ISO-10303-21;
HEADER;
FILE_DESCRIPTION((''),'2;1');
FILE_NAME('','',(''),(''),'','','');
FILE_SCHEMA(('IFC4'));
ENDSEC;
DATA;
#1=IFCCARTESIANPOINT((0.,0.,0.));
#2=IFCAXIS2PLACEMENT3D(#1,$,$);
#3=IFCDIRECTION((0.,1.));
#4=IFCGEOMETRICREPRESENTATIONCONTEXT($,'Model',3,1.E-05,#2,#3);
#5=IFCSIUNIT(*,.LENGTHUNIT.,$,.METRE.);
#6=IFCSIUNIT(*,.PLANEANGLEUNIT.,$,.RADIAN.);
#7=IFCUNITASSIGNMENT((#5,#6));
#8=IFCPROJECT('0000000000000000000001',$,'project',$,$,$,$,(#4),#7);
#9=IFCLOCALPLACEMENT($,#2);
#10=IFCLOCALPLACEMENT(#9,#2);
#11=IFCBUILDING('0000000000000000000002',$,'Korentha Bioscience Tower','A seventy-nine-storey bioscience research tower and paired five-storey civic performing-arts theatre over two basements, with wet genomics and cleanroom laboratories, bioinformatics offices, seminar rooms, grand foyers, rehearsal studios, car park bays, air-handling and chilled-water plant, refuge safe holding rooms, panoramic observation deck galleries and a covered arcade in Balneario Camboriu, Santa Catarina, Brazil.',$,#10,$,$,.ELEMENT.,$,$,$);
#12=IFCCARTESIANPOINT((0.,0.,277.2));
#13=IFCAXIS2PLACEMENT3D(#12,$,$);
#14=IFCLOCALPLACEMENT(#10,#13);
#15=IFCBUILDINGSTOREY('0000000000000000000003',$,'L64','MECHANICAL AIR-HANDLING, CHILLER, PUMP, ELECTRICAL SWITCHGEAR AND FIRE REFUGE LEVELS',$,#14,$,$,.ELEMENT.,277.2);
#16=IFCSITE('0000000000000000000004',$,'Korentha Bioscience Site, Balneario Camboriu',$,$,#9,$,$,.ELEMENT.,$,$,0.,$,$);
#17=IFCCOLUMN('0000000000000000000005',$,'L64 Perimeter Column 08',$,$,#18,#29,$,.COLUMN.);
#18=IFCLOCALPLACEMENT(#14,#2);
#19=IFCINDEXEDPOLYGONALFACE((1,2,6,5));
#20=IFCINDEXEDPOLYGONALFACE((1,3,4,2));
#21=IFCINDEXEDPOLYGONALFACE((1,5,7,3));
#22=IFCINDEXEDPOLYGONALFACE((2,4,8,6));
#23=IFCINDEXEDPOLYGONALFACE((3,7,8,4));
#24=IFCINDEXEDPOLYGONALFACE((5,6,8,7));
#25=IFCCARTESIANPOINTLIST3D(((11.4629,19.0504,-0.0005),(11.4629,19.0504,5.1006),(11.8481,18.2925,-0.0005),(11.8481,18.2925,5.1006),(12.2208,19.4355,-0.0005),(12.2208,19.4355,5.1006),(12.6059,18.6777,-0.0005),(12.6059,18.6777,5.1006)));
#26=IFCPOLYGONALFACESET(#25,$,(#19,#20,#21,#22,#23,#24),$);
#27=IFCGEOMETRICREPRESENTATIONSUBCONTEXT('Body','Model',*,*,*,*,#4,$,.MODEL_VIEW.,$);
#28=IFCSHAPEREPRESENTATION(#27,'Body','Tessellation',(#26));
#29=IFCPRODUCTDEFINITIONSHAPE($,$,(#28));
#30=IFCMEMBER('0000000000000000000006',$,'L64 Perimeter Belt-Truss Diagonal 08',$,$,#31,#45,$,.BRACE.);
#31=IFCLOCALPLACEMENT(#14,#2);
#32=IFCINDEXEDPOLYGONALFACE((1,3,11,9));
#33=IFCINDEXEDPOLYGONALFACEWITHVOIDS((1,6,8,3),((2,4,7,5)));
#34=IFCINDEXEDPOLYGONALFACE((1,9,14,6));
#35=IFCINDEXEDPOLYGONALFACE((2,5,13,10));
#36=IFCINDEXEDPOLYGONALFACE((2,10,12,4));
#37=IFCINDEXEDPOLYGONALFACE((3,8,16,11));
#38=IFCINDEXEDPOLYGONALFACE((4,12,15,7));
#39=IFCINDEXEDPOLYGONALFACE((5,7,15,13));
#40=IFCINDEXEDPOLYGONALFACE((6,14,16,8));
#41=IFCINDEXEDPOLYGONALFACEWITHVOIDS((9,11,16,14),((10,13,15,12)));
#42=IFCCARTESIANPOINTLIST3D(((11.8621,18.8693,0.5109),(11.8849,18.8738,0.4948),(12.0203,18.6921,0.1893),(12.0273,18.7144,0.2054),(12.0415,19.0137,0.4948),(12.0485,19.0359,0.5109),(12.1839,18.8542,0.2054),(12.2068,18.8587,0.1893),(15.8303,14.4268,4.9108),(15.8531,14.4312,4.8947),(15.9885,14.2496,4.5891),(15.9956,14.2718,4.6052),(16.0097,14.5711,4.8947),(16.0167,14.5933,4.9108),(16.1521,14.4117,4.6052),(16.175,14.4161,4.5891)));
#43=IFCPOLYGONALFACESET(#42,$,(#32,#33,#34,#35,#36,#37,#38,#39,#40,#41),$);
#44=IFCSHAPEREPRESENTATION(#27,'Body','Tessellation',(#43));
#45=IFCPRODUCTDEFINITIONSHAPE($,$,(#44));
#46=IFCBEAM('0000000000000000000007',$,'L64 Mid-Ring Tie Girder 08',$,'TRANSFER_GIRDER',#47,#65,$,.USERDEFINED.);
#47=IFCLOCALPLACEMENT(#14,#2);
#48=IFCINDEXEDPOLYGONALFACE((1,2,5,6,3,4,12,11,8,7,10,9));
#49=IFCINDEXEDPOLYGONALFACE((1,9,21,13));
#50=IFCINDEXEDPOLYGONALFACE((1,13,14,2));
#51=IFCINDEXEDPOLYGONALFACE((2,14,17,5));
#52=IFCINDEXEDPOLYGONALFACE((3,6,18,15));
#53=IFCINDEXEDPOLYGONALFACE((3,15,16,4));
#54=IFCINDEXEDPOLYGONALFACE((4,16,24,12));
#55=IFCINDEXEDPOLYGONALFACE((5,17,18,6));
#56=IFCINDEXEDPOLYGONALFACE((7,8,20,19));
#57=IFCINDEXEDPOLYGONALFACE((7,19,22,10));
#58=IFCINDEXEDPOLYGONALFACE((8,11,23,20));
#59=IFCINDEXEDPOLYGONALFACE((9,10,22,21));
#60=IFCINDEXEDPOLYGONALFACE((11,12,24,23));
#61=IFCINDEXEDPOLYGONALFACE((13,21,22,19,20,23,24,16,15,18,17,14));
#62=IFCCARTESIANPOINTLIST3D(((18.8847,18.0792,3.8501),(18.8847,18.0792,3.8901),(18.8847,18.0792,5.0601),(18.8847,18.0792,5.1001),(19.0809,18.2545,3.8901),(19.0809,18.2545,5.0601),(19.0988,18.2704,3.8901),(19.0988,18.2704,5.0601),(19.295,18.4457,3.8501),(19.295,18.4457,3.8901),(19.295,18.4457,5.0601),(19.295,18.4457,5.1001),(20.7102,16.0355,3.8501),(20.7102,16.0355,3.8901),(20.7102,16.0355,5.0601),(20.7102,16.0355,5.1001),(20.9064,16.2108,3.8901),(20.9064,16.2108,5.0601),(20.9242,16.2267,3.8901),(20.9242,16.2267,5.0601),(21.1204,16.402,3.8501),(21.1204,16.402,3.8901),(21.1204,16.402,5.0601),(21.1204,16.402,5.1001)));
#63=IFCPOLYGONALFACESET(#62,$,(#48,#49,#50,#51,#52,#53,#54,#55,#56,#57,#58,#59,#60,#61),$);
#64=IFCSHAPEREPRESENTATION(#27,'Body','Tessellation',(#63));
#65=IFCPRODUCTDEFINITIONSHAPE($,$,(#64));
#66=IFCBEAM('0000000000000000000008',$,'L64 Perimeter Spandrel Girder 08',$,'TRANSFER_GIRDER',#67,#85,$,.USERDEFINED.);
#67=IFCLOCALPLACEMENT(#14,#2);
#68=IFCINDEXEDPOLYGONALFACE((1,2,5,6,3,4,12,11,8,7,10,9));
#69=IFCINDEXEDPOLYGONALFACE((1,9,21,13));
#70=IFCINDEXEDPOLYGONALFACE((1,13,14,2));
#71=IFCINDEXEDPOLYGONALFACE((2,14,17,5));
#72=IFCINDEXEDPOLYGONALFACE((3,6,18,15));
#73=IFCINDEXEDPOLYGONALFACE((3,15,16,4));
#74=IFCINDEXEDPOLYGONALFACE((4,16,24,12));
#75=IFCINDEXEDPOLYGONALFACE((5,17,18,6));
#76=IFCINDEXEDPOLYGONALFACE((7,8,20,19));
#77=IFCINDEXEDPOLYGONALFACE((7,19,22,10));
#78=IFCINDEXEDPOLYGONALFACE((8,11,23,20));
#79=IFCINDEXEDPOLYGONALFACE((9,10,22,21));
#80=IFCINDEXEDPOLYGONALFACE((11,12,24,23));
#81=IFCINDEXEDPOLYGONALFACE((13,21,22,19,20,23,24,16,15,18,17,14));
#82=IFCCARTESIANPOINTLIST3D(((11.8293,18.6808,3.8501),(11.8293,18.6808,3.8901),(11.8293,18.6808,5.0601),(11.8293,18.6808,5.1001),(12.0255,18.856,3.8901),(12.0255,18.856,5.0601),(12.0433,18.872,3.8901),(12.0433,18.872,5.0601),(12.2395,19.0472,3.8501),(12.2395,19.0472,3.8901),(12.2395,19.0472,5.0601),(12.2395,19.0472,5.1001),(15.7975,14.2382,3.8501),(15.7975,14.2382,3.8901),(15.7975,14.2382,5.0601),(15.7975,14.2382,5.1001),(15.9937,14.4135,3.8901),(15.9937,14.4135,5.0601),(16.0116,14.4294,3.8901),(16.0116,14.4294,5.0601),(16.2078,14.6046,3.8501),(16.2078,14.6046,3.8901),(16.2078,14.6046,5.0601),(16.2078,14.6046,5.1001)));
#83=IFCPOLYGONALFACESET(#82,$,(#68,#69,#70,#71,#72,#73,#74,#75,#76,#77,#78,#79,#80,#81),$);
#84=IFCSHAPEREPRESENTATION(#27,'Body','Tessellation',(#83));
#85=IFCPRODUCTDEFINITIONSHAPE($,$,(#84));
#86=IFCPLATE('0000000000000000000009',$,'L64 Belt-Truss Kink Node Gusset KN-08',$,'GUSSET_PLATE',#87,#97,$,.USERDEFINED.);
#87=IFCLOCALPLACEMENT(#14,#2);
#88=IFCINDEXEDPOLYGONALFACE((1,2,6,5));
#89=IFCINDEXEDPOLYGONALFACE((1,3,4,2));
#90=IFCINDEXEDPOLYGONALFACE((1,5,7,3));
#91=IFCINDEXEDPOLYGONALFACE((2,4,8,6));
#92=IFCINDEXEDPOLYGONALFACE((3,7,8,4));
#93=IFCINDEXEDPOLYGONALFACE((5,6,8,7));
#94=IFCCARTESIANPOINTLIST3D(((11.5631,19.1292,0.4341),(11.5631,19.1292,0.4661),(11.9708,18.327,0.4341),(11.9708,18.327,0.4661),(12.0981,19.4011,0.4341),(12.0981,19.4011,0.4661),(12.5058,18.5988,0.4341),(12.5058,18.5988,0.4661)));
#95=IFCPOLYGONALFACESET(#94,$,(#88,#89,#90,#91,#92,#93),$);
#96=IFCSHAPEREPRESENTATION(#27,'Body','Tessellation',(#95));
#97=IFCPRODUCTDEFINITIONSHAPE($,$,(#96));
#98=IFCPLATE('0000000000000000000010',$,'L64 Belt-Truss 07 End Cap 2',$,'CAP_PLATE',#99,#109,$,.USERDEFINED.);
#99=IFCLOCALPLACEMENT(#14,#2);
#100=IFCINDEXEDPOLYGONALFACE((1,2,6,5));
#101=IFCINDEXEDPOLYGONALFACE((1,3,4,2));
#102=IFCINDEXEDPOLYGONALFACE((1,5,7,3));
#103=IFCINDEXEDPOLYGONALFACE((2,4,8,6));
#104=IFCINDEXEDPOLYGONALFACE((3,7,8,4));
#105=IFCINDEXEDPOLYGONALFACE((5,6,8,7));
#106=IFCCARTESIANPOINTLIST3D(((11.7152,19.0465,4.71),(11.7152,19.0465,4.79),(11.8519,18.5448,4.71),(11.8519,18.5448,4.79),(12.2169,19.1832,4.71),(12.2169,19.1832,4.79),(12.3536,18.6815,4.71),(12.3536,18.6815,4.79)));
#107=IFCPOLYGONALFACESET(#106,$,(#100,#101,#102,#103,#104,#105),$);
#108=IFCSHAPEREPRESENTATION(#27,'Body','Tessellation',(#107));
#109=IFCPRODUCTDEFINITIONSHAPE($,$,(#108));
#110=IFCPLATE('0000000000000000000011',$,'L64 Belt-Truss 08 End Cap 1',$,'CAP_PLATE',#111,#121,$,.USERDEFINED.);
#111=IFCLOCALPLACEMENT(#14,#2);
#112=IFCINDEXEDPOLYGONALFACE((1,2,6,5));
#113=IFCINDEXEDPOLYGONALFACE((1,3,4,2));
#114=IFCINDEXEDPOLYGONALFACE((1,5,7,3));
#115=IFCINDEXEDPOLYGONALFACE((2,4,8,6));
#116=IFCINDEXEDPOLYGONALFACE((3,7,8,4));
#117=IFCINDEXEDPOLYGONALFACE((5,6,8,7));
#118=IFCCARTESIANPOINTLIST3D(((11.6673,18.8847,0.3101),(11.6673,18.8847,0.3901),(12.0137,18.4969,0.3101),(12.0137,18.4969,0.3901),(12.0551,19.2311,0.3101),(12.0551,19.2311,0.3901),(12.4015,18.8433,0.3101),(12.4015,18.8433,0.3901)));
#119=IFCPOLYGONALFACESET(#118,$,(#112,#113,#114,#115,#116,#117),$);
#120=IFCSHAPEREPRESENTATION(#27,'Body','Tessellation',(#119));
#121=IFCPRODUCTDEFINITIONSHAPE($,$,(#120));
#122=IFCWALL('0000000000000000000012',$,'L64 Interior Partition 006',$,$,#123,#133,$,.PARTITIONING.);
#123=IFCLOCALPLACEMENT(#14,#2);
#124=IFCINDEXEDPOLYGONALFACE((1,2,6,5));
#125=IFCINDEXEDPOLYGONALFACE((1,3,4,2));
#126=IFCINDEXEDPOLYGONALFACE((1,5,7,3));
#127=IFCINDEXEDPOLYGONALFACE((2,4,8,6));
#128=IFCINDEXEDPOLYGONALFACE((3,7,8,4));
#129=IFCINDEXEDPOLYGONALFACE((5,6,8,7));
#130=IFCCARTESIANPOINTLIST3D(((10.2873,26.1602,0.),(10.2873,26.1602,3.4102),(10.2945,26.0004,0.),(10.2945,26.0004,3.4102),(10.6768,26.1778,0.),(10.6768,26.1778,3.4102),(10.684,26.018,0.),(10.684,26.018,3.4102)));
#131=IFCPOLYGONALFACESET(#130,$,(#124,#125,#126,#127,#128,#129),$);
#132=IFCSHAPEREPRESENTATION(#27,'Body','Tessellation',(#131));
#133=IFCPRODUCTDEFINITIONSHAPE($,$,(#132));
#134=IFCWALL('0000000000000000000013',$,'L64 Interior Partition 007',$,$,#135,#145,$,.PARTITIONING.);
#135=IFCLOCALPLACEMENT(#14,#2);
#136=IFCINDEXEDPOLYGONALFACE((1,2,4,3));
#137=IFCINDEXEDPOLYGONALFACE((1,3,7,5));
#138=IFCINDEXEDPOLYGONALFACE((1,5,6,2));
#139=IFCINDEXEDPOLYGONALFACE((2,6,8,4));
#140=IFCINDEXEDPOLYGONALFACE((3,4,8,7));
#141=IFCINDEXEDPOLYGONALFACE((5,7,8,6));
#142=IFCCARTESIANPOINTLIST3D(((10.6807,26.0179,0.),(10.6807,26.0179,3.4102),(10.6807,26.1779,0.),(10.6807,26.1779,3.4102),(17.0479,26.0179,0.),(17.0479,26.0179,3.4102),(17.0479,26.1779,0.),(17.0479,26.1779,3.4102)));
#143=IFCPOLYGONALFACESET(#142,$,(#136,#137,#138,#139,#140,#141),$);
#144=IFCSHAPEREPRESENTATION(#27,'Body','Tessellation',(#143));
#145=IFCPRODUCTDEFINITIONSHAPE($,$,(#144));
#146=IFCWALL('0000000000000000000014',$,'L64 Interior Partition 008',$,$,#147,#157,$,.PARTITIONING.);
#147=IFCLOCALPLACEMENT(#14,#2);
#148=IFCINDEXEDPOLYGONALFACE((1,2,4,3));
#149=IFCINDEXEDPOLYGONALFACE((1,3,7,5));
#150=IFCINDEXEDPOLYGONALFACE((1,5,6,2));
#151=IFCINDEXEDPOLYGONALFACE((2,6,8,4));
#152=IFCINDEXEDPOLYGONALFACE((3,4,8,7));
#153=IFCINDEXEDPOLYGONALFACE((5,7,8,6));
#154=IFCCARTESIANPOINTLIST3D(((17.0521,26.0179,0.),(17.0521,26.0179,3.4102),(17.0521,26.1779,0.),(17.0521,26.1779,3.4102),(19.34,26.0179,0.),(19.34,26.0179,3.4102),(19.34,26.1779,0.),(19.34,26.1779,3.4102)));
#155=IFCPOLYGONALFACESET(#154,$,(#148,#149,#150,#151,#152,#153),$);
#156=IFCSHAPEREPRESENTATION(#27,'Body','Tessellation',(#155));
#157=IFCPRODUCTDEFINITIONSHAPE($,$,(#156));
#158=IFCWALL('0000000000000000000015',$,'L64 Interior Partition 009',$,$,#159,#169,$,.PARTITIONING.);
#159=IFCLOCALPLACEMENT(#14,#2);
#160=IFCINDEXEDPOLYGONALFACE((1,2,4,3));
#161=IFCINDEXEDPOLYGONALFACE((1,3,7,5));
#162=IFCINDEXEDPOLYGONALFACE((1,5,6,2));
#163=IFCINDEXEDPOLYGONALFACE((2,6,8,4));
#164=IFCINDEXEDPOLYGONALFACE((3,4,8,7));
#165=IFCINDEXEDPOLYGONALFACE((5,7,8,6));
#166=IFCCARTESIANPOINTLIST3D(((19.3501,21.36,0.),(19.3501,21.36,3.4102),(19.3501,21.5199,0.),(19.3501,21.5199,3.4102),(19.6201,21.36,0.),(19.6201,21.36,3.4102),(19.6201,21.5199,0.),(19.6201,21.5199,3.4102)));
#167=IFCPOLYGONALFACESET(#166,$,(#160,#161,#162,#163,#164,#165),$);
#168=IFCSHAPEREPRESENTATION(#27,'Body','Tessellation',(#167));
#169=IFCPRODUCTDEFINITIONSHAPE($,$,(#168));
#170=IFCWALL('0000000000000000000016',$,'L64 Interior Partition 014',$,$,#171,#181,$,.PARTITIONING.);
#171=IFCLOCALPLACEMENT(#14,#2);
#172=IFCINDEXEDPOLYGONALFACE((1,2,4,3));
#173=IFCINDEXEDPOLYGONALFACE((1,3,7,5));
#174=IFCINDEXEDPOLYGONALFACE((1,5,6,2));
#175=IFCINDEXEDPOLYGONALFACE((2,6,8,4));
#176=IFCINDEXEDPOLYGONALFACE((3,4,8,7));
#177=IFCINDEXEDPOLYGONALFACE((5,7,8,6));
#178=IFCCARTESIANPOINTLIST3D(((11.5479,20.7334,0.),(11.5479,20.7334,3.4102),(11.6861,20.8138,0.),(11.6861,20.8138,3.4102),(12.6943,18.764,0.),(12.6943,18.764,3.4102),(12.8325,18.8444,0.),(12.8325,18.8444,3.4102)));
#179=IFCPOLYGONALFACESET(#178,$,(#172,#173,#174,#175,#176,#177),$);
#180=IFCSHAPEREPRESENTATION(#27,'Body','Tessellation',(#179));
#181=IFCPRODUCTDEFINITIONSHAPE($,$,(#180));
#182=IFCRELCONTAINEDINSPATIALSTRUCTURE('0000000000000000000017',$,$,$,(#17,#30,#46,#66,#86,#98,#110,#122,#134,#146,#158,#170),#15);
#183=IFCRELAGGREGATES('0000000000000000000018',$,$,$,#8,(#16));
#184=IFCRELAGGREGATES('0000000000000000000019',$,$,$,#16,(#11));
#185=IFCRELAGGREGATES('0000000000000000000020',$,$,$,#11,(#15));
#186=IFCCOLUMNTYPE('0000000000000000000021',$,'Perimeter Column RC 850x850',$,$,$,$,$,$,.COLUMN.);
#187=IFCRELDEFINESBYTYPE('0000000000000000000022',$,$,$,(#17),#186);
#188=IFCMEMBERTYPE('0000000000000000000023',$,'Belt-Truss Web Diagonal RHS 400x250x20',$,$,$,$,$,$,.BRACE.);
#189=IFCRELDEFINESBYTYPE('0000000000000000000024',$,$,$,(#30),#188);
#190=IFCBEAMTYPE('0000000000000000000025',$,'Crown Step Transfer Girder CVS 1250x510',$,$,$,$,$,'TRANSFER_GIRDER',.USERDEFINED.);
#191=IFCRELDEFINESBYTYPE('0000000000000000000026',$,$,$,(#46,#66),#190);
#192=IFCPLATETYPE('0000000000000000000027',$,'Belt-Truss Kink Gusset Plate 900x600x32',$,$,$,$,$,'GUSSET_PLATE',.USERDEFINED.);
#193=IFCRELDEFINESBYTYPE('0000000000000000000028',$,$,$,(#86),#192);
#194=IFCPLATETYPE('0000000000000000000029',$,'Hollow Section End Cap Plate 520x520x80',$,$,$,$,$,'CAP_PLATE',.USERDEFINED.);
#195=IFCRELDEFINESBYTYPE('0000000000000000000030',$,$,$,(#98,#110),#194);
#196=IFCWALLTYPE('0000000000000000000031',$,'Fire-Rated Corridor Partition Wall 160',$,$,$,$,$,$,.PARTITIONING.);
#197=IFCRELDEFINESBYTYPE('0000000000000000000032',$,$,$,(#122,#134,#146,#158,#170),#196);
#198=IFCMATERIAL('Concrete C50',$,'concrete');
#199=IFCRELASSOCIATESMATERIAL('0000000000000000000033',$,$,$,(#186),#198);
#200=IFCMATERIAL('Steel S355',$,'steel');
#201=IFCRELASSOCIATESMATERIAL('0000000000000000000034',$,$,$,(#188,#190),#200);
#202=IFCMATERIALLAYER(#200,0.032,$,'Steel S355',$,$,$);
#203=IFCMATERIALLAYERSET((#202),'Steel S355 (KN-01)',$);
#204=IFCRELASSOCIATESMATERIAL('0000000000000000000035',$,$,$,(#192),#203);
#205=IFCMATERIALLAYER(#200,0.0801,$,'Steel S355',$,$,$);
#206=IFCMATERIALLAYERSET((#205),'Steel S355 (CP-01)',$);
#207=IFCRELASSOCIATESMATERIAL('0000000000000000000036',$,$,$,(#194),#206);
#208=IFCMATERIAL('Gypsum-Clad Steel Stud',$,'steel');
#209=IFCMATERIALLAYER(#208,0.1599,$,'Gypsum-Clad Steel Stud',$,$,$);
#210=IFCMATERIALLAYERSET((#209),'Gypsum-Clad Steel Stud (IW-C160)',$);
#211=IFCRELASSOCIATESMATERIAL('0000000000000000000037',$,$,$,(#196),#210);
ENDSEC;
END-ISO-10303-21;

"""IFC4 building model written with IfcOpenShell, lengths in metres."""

from ifc_helpers import new_model, si_unit, direction, frame, frame_2d, origin, origin_2d, place, context, subcontext, project, spatial, rectangle, hollow_rectangle, i_section, extrude, material, layer, layer_set, material_profile, profile_set, type_object, element, save


model = new_model("IFC4")

# Units and contexts
model_context = context("Model", 3, precision=1e-05, world=origin(), true_north=direction((0.0, 1.0)))
body_context = subcontext(model_context, "Body", "Model", "MODEL_VIEW")
ifc_project = project(units=[si_unit("LENGTHUNIT", "METRE"), si_unit("PLANEANGLEUNIT", "RADIAN")], contexts=[model_context])

# Site, building, storey
site_placement = place(None, origin())
site = spatial("IfcSite", under=ifc_project, at=site_placement, Name="Korentha Bioscience Site, Balneario Camboriu", CompositionType="ELEMENT", RefElevation=0.0)
building_placement = place(site_placement, origin())
building = spatial("IfcBuilding", under=site, at=building_placement, Name="Korentha Bioscience Tower", Description="A seventy-nine-storey bioscience research tower and paired five-storey civic performing-arts theatre over two basements, with wet genomics and cleanroom laboratories, bioinformatics offices, seminar rooms, grand foyers, rehearsal studios, car park bays, air-handling and chilled-water plant, refuge safe holding rooms, panoramic observation deck galleries and a covered arcade in Balneario Camboriu, Santa Catarina, Brazil.", CompositionType="ELEMENT")
storey_placement = place(building_placement, frame((0.0, 0.0, 277.2)))
storey = spatial("IfcBuildingStorey", under=building, at=storey_placement, Name="L64", Description="MECHANICAL AIR-HANDLING, CHILLER, PUMP, ELECTRICAL SWITCHGEAR AND FIRE REFUGE LEVELS", CompositionType="ELEMENT", Elevation=277.2)

# Column
ifc_material_1 = material(Name="Concrete C50", Category="concrete")
ifc_material_profile_1 = material_profile(ifc_material_1, rectangle(XDim=0.8501, YDim=0.8501, at=origin_2d()), Name="Concrete C50")
ifc_profile_set_1 = profile_set([ifc_material_profile_1], Name="Concrete C50 (COL-P08)")
column_type = type_object("IfcColumnType", Name="Perimeter Column RC 850x850", PredefinedType="COLUMN", material=ifc_profile_set_1)
column_placement = place(storey_placement, frame((12.0344, 18.864, -0.0005), z_axis=(0.0, 0.0, 1.0), x_axis=(-0.453057, 0.891481, 0.0)))
element("IfcColumn", 1, at=column_placement, inside=storey, type_object=column_type, Name="L64 Perimeter Column 08", PredefinedType="COLUMN", context=body_context, shape_type="SweptSolid", body=[
    extrude(rectangle(XDim=0.8501, YDim=0.8501, at=origin_2d()), origin(), (0.0, 0.0, 1.0), 5.1011),
])

# Member
ifc_material_2 = material(Name="Steel S355", Category="steel")
ifc_material_profile_2 = material_profile(ifc_material_2, hollow_rectangle(XDim=0.25, YDim=0.3999, WallThickness=0.02, at=origin_2d()), Name="Steel S355")
ifc_profile_set_2 = profile_set([ifc_material_profile_2], Name="Steel S355 (BT-D400)")
member_type = type_object("IfcMemberType", Name="Belt-Truss Web Diagonal RHS 400x250x20", PredefinedType="BRACE", material=ifc_profile_set_2)
member_placement = place(storey_placement, frame((12.0344, 18.864, 0.3501), z_axis=(0.535845, -0.5999, 0.59413), x_axis=(0.745802, 0.666168, 0.0)))
element("IfcMember", 2, at=member_placement, inside=storey, type_object=member_type, Name="L64 Perimeter Belt-Truss Diagonal 08", PredefinedType="BRACE", context=body_context, shape_type="SweptSolid", body=[
    extrude(hollow_rectangle(XDim=0.25, YDim=0.3999, WallThickness=0.02, at=origin_2d()), origin(), (0.0, 0.0, 1.0), 7.4055),
])

# Beams
ifc_material_profile_3 = material_profile(ifc_material_2, i_section(OverallWidth=0.55, OverallDepth=1.25, WebThickness=0.0239, FlangeThickness=0.04, at=origin_2d()), Name="Steel S355")
ifc_profile_set_3 = profile_set([ifc_material_profile_3], Name="Steel S355 (TG-03)")
beam_type = type_object("IfcBeamType", Name="Crown Step Transfer Girder CVS 1250x510", ElementType="TRANSFER_GIRDER", PredefinedType="USERDEFINED", material=ifc_profile_set_3)
beam_1_placement = place(storey_placement, frame((19.0898, 18.2625, 4.4751), z_axis=(0.666159, -0.74581, 0.0), x_axis=(0.74581, 0.666159, 0.0)))
element("IfcBeam", 3, at=beam_1_placement, inside=storey, type_object=beam_type, Name="L64 Mid-Ring Tie Girder 08", ObjectType="TRANSFER_GIRDER", PredefinedType="USERDEFINED", context=body_context, shape_type="SweptSolid", body=[
    extrude(i_section(OverallWidth=0.55, OverallDepth=1.25, WebThickness=0.0239, FlangeThickness=0.04, at=origin_2d()), origin(), (0.0, 0.0, 1.0), 2.7402),
])
beam_2_placement = place(storey_placement, frame((12.0344, 18.864, 4.4751), z_axis=(0.666168, -0.745802, 0.0), x_axis=(0.745802, 0.666168, 0.0)))
element("IfcBeam", 4, at=beam_2_placement, inside=storey, type_object=beam_type, Name="L64 Perimeter Spandrel Girder 08", ObjectType="TRANSFER_GIRDER", PredefinedType="USERDEFINED", context=body_context, shape_type="SweptSolid", body=[
    extrude(i_section(OverallWidth=0.55, OverallDepth=1.25, WebThickness=0.0239, FlangeThickness=0.04, at=origin_2d()), origin(), (0.0, 0.0, 1.0), 5.9568),
])

# Plates
ifc_layer_1 = layer(ifc_material_2, 0.032, Name="Steel S355")
ifc_layer_set_1 = layer_set([ifc_layer_1], Name="Steel S355 (KN-01)")
plate_type_1 = type_object("IfcPlateType", Name="Belt-Truss Kink Gusset Plate 900x600x32", ElementType="GUSSET_PLATE", PredefinedType="USERDEFINED", material=ifc_layer_set_1)
plate_placement = place(storey_placement, frame((12.0344, 18.864, 0.4341), z_axis=(0.0, 0.0, 1.0), x_axis=(-0.453057, 0.891481, 0.0)))
element("IfcPlate", 5, at=plate_placement, inside=storey, type_object=plate_type_1, Name="L64 Belt-Truss Kink Node Gusset KN-08", ObjectType="GUSSET_PLATE", PredefinedType="USERDEFINED", context=body_context, shape_type="SweptSolid", body=[
    extrude(rectangle(XDim=0.8999, YDim=0.6001, at=origin_2d()), origin(), (0.0, 0.0, 1.0), 0.032),
])
ifc_layer_2 = layer(ifc_material_2, 0.0801, Name="Steel S355")
ifc_layer_set_2 = layer_set([ifc_layer_2], Name="Steel S355 (CP-01)")
plate_type_2 = type_object("IfcPlateType", Name="Hollow Section End Cap Plate 520x520x80", ElementType="CAP_PLATE", PredefinedType="USERDEFINED", material=ifc_layer_set_2)
for number, where, z_axis, x_axis, name in (
    (6, (12.0344, 18.864, 4.71), (0.0, 0.0, 1.0), (-0.262863, 0.964833, 0.0), "L64 Belt-Truss 07 End Cap 2"),
    (7, (12.0344, 18.864, 0.3101), (0.0, 0.0, 1.0), (-0.666142, 0.745825, 0.0), "L64 Belt-Truss 08 End Cap 1"),
):
    element("IfcPlate", number, at=place(storey_placement, frame(where, z_axis=z_axis, x_axis=x_axis)), inside=storey, type_object=plate_type_2, Name=name, ObjectType="CAP_PLATE", PredefinedType="USERDEFINED", context=body_context, shape_type="SweptSolid", body=[
        extrude(rectangle(XDim=0.52, YDim=0.52, at=origin_2d()), origin(), (0.0, 0.0, 1.0), 0.0801),
    ])

# Walls
ifc_material_3 = material(Name="Gypsum-Clad Steel Stud", Category="steel")
ifc_layer_3 = layer(ifc_material_3, 0.1599, Name="Gypsum-Clad Steel Stud")
ifc_layer_set_3 = layer_set([ifc_layer_3], Name="Gypsum-Clad Steel Stud (IW-C160)")
wall_type_1 = type_object("IfcWallType", Name="Fire-Rated Corridor Partition Wall 160", PredefinedType="PARTITIONING", material=ifc_layer_set_3)
wall_1_placement = place(storey_placement, frame((10.291, 26.0803, 0.0), z_axis=(0.0, 0.0, 1.0), x_axis=(0.998983, 0.045095, 0.0)))
element("IfcWall", 8, at=wall_1_placement, inside=storey, type_object=wall_type_1, Name="L64 Interior Partition 006", PredefinedType="PARTITIONING", context=body_context, shape_type="SweptSolid", body=[
    extrude(rectangle(XDim=0.3899, YDim=0.1599, at=frame_2d((0.1948, 0.0))), origin(), (0.0, 0.0, 1.0), 3.4102),
])
wall_2_placement = place(storey_placement, frame((10.6807, 26.0979, 0.0), z_axis=(0.0, 0.0, 1.0), x_axis=(1.0, 0.0, 0.0)))
element("IfcWall", 9, at=wall_2_placement, inside=storey, type_object=wall_type_1, Name="L64 Interior Partition 007", PredefinedType="PARTITIONING", context=body_context, shape_type="SweptSolid", body=[
    extrude(rectangle(XDim=6.3672, YDim=0.1599, at=frame_2d((3.1836, 0.0))), origin(), (0.0, 0.0, 1.0), 3.4102),
])
wall_3_placement = place(storey_placement, frame((17.052, 26.0979, 0.0), z_axis=(0.0, 0.0, 1.0), x_axis=(1.0, 0.0, 0.0)))
element("IfcWall", 10, at=wall_3_placement, inside=storey, type_object=wall_type_1, Name="L64 Interior Partition 008", PredefinedType="PARTITIONING", context=body_context, shape_type="SweptSolid", body=[
    extrude(rectangle(XDim=2.2878, YDim=0.1599, at=frame_2d((1.144, 0.0))), origin(), (0.0, 0.0, 1.0), 3.4102),
])
wall_4_placement = place(storey_placement, frame((19.3501, 21.4399, 0.0), z_axis=(0.0, 0.0, 1.0), x_axis=(1.0, 0.0, 0.0)))
element("IfcWall", 11, at=wall_4_placement, inside=storey, type_object=wall_type_1, Name="L64 Interior Partition 009", PredefinedType="PARTITIONING", context=body_context, shape_type="SweptSolid", body=[
    extrude(rectangle(XDim=0.27, YDim=0.1599, at=frame_2d((0.135, 0.0))), origin(), (0.0, 0.0, 1.0), 3.4102),
])
wall_5_placement = place(storey_placement, frame((12.7634, 18.8042, 0.0), z_axis=(0.0, 0.0, 1.0), x_axis=(-0.503091, 0.864233, 0.0)))
element("IfcWall", 12, at=wall_5_placement, inside=storey, type_object=wall_type_1, Name="L64 Interior Partition 014", PredefinedType="PARTITIONING", context=body_context, shape_type="SweptSolid", body=[
    extrude(rectangle(XDim=2.2788, YDim=0.1599, at=frame_2d((1.1394, 0.0))), origin(), (0.0, 0.0, 1.0), 3.4102),
])

save(model, "model.ifc")
